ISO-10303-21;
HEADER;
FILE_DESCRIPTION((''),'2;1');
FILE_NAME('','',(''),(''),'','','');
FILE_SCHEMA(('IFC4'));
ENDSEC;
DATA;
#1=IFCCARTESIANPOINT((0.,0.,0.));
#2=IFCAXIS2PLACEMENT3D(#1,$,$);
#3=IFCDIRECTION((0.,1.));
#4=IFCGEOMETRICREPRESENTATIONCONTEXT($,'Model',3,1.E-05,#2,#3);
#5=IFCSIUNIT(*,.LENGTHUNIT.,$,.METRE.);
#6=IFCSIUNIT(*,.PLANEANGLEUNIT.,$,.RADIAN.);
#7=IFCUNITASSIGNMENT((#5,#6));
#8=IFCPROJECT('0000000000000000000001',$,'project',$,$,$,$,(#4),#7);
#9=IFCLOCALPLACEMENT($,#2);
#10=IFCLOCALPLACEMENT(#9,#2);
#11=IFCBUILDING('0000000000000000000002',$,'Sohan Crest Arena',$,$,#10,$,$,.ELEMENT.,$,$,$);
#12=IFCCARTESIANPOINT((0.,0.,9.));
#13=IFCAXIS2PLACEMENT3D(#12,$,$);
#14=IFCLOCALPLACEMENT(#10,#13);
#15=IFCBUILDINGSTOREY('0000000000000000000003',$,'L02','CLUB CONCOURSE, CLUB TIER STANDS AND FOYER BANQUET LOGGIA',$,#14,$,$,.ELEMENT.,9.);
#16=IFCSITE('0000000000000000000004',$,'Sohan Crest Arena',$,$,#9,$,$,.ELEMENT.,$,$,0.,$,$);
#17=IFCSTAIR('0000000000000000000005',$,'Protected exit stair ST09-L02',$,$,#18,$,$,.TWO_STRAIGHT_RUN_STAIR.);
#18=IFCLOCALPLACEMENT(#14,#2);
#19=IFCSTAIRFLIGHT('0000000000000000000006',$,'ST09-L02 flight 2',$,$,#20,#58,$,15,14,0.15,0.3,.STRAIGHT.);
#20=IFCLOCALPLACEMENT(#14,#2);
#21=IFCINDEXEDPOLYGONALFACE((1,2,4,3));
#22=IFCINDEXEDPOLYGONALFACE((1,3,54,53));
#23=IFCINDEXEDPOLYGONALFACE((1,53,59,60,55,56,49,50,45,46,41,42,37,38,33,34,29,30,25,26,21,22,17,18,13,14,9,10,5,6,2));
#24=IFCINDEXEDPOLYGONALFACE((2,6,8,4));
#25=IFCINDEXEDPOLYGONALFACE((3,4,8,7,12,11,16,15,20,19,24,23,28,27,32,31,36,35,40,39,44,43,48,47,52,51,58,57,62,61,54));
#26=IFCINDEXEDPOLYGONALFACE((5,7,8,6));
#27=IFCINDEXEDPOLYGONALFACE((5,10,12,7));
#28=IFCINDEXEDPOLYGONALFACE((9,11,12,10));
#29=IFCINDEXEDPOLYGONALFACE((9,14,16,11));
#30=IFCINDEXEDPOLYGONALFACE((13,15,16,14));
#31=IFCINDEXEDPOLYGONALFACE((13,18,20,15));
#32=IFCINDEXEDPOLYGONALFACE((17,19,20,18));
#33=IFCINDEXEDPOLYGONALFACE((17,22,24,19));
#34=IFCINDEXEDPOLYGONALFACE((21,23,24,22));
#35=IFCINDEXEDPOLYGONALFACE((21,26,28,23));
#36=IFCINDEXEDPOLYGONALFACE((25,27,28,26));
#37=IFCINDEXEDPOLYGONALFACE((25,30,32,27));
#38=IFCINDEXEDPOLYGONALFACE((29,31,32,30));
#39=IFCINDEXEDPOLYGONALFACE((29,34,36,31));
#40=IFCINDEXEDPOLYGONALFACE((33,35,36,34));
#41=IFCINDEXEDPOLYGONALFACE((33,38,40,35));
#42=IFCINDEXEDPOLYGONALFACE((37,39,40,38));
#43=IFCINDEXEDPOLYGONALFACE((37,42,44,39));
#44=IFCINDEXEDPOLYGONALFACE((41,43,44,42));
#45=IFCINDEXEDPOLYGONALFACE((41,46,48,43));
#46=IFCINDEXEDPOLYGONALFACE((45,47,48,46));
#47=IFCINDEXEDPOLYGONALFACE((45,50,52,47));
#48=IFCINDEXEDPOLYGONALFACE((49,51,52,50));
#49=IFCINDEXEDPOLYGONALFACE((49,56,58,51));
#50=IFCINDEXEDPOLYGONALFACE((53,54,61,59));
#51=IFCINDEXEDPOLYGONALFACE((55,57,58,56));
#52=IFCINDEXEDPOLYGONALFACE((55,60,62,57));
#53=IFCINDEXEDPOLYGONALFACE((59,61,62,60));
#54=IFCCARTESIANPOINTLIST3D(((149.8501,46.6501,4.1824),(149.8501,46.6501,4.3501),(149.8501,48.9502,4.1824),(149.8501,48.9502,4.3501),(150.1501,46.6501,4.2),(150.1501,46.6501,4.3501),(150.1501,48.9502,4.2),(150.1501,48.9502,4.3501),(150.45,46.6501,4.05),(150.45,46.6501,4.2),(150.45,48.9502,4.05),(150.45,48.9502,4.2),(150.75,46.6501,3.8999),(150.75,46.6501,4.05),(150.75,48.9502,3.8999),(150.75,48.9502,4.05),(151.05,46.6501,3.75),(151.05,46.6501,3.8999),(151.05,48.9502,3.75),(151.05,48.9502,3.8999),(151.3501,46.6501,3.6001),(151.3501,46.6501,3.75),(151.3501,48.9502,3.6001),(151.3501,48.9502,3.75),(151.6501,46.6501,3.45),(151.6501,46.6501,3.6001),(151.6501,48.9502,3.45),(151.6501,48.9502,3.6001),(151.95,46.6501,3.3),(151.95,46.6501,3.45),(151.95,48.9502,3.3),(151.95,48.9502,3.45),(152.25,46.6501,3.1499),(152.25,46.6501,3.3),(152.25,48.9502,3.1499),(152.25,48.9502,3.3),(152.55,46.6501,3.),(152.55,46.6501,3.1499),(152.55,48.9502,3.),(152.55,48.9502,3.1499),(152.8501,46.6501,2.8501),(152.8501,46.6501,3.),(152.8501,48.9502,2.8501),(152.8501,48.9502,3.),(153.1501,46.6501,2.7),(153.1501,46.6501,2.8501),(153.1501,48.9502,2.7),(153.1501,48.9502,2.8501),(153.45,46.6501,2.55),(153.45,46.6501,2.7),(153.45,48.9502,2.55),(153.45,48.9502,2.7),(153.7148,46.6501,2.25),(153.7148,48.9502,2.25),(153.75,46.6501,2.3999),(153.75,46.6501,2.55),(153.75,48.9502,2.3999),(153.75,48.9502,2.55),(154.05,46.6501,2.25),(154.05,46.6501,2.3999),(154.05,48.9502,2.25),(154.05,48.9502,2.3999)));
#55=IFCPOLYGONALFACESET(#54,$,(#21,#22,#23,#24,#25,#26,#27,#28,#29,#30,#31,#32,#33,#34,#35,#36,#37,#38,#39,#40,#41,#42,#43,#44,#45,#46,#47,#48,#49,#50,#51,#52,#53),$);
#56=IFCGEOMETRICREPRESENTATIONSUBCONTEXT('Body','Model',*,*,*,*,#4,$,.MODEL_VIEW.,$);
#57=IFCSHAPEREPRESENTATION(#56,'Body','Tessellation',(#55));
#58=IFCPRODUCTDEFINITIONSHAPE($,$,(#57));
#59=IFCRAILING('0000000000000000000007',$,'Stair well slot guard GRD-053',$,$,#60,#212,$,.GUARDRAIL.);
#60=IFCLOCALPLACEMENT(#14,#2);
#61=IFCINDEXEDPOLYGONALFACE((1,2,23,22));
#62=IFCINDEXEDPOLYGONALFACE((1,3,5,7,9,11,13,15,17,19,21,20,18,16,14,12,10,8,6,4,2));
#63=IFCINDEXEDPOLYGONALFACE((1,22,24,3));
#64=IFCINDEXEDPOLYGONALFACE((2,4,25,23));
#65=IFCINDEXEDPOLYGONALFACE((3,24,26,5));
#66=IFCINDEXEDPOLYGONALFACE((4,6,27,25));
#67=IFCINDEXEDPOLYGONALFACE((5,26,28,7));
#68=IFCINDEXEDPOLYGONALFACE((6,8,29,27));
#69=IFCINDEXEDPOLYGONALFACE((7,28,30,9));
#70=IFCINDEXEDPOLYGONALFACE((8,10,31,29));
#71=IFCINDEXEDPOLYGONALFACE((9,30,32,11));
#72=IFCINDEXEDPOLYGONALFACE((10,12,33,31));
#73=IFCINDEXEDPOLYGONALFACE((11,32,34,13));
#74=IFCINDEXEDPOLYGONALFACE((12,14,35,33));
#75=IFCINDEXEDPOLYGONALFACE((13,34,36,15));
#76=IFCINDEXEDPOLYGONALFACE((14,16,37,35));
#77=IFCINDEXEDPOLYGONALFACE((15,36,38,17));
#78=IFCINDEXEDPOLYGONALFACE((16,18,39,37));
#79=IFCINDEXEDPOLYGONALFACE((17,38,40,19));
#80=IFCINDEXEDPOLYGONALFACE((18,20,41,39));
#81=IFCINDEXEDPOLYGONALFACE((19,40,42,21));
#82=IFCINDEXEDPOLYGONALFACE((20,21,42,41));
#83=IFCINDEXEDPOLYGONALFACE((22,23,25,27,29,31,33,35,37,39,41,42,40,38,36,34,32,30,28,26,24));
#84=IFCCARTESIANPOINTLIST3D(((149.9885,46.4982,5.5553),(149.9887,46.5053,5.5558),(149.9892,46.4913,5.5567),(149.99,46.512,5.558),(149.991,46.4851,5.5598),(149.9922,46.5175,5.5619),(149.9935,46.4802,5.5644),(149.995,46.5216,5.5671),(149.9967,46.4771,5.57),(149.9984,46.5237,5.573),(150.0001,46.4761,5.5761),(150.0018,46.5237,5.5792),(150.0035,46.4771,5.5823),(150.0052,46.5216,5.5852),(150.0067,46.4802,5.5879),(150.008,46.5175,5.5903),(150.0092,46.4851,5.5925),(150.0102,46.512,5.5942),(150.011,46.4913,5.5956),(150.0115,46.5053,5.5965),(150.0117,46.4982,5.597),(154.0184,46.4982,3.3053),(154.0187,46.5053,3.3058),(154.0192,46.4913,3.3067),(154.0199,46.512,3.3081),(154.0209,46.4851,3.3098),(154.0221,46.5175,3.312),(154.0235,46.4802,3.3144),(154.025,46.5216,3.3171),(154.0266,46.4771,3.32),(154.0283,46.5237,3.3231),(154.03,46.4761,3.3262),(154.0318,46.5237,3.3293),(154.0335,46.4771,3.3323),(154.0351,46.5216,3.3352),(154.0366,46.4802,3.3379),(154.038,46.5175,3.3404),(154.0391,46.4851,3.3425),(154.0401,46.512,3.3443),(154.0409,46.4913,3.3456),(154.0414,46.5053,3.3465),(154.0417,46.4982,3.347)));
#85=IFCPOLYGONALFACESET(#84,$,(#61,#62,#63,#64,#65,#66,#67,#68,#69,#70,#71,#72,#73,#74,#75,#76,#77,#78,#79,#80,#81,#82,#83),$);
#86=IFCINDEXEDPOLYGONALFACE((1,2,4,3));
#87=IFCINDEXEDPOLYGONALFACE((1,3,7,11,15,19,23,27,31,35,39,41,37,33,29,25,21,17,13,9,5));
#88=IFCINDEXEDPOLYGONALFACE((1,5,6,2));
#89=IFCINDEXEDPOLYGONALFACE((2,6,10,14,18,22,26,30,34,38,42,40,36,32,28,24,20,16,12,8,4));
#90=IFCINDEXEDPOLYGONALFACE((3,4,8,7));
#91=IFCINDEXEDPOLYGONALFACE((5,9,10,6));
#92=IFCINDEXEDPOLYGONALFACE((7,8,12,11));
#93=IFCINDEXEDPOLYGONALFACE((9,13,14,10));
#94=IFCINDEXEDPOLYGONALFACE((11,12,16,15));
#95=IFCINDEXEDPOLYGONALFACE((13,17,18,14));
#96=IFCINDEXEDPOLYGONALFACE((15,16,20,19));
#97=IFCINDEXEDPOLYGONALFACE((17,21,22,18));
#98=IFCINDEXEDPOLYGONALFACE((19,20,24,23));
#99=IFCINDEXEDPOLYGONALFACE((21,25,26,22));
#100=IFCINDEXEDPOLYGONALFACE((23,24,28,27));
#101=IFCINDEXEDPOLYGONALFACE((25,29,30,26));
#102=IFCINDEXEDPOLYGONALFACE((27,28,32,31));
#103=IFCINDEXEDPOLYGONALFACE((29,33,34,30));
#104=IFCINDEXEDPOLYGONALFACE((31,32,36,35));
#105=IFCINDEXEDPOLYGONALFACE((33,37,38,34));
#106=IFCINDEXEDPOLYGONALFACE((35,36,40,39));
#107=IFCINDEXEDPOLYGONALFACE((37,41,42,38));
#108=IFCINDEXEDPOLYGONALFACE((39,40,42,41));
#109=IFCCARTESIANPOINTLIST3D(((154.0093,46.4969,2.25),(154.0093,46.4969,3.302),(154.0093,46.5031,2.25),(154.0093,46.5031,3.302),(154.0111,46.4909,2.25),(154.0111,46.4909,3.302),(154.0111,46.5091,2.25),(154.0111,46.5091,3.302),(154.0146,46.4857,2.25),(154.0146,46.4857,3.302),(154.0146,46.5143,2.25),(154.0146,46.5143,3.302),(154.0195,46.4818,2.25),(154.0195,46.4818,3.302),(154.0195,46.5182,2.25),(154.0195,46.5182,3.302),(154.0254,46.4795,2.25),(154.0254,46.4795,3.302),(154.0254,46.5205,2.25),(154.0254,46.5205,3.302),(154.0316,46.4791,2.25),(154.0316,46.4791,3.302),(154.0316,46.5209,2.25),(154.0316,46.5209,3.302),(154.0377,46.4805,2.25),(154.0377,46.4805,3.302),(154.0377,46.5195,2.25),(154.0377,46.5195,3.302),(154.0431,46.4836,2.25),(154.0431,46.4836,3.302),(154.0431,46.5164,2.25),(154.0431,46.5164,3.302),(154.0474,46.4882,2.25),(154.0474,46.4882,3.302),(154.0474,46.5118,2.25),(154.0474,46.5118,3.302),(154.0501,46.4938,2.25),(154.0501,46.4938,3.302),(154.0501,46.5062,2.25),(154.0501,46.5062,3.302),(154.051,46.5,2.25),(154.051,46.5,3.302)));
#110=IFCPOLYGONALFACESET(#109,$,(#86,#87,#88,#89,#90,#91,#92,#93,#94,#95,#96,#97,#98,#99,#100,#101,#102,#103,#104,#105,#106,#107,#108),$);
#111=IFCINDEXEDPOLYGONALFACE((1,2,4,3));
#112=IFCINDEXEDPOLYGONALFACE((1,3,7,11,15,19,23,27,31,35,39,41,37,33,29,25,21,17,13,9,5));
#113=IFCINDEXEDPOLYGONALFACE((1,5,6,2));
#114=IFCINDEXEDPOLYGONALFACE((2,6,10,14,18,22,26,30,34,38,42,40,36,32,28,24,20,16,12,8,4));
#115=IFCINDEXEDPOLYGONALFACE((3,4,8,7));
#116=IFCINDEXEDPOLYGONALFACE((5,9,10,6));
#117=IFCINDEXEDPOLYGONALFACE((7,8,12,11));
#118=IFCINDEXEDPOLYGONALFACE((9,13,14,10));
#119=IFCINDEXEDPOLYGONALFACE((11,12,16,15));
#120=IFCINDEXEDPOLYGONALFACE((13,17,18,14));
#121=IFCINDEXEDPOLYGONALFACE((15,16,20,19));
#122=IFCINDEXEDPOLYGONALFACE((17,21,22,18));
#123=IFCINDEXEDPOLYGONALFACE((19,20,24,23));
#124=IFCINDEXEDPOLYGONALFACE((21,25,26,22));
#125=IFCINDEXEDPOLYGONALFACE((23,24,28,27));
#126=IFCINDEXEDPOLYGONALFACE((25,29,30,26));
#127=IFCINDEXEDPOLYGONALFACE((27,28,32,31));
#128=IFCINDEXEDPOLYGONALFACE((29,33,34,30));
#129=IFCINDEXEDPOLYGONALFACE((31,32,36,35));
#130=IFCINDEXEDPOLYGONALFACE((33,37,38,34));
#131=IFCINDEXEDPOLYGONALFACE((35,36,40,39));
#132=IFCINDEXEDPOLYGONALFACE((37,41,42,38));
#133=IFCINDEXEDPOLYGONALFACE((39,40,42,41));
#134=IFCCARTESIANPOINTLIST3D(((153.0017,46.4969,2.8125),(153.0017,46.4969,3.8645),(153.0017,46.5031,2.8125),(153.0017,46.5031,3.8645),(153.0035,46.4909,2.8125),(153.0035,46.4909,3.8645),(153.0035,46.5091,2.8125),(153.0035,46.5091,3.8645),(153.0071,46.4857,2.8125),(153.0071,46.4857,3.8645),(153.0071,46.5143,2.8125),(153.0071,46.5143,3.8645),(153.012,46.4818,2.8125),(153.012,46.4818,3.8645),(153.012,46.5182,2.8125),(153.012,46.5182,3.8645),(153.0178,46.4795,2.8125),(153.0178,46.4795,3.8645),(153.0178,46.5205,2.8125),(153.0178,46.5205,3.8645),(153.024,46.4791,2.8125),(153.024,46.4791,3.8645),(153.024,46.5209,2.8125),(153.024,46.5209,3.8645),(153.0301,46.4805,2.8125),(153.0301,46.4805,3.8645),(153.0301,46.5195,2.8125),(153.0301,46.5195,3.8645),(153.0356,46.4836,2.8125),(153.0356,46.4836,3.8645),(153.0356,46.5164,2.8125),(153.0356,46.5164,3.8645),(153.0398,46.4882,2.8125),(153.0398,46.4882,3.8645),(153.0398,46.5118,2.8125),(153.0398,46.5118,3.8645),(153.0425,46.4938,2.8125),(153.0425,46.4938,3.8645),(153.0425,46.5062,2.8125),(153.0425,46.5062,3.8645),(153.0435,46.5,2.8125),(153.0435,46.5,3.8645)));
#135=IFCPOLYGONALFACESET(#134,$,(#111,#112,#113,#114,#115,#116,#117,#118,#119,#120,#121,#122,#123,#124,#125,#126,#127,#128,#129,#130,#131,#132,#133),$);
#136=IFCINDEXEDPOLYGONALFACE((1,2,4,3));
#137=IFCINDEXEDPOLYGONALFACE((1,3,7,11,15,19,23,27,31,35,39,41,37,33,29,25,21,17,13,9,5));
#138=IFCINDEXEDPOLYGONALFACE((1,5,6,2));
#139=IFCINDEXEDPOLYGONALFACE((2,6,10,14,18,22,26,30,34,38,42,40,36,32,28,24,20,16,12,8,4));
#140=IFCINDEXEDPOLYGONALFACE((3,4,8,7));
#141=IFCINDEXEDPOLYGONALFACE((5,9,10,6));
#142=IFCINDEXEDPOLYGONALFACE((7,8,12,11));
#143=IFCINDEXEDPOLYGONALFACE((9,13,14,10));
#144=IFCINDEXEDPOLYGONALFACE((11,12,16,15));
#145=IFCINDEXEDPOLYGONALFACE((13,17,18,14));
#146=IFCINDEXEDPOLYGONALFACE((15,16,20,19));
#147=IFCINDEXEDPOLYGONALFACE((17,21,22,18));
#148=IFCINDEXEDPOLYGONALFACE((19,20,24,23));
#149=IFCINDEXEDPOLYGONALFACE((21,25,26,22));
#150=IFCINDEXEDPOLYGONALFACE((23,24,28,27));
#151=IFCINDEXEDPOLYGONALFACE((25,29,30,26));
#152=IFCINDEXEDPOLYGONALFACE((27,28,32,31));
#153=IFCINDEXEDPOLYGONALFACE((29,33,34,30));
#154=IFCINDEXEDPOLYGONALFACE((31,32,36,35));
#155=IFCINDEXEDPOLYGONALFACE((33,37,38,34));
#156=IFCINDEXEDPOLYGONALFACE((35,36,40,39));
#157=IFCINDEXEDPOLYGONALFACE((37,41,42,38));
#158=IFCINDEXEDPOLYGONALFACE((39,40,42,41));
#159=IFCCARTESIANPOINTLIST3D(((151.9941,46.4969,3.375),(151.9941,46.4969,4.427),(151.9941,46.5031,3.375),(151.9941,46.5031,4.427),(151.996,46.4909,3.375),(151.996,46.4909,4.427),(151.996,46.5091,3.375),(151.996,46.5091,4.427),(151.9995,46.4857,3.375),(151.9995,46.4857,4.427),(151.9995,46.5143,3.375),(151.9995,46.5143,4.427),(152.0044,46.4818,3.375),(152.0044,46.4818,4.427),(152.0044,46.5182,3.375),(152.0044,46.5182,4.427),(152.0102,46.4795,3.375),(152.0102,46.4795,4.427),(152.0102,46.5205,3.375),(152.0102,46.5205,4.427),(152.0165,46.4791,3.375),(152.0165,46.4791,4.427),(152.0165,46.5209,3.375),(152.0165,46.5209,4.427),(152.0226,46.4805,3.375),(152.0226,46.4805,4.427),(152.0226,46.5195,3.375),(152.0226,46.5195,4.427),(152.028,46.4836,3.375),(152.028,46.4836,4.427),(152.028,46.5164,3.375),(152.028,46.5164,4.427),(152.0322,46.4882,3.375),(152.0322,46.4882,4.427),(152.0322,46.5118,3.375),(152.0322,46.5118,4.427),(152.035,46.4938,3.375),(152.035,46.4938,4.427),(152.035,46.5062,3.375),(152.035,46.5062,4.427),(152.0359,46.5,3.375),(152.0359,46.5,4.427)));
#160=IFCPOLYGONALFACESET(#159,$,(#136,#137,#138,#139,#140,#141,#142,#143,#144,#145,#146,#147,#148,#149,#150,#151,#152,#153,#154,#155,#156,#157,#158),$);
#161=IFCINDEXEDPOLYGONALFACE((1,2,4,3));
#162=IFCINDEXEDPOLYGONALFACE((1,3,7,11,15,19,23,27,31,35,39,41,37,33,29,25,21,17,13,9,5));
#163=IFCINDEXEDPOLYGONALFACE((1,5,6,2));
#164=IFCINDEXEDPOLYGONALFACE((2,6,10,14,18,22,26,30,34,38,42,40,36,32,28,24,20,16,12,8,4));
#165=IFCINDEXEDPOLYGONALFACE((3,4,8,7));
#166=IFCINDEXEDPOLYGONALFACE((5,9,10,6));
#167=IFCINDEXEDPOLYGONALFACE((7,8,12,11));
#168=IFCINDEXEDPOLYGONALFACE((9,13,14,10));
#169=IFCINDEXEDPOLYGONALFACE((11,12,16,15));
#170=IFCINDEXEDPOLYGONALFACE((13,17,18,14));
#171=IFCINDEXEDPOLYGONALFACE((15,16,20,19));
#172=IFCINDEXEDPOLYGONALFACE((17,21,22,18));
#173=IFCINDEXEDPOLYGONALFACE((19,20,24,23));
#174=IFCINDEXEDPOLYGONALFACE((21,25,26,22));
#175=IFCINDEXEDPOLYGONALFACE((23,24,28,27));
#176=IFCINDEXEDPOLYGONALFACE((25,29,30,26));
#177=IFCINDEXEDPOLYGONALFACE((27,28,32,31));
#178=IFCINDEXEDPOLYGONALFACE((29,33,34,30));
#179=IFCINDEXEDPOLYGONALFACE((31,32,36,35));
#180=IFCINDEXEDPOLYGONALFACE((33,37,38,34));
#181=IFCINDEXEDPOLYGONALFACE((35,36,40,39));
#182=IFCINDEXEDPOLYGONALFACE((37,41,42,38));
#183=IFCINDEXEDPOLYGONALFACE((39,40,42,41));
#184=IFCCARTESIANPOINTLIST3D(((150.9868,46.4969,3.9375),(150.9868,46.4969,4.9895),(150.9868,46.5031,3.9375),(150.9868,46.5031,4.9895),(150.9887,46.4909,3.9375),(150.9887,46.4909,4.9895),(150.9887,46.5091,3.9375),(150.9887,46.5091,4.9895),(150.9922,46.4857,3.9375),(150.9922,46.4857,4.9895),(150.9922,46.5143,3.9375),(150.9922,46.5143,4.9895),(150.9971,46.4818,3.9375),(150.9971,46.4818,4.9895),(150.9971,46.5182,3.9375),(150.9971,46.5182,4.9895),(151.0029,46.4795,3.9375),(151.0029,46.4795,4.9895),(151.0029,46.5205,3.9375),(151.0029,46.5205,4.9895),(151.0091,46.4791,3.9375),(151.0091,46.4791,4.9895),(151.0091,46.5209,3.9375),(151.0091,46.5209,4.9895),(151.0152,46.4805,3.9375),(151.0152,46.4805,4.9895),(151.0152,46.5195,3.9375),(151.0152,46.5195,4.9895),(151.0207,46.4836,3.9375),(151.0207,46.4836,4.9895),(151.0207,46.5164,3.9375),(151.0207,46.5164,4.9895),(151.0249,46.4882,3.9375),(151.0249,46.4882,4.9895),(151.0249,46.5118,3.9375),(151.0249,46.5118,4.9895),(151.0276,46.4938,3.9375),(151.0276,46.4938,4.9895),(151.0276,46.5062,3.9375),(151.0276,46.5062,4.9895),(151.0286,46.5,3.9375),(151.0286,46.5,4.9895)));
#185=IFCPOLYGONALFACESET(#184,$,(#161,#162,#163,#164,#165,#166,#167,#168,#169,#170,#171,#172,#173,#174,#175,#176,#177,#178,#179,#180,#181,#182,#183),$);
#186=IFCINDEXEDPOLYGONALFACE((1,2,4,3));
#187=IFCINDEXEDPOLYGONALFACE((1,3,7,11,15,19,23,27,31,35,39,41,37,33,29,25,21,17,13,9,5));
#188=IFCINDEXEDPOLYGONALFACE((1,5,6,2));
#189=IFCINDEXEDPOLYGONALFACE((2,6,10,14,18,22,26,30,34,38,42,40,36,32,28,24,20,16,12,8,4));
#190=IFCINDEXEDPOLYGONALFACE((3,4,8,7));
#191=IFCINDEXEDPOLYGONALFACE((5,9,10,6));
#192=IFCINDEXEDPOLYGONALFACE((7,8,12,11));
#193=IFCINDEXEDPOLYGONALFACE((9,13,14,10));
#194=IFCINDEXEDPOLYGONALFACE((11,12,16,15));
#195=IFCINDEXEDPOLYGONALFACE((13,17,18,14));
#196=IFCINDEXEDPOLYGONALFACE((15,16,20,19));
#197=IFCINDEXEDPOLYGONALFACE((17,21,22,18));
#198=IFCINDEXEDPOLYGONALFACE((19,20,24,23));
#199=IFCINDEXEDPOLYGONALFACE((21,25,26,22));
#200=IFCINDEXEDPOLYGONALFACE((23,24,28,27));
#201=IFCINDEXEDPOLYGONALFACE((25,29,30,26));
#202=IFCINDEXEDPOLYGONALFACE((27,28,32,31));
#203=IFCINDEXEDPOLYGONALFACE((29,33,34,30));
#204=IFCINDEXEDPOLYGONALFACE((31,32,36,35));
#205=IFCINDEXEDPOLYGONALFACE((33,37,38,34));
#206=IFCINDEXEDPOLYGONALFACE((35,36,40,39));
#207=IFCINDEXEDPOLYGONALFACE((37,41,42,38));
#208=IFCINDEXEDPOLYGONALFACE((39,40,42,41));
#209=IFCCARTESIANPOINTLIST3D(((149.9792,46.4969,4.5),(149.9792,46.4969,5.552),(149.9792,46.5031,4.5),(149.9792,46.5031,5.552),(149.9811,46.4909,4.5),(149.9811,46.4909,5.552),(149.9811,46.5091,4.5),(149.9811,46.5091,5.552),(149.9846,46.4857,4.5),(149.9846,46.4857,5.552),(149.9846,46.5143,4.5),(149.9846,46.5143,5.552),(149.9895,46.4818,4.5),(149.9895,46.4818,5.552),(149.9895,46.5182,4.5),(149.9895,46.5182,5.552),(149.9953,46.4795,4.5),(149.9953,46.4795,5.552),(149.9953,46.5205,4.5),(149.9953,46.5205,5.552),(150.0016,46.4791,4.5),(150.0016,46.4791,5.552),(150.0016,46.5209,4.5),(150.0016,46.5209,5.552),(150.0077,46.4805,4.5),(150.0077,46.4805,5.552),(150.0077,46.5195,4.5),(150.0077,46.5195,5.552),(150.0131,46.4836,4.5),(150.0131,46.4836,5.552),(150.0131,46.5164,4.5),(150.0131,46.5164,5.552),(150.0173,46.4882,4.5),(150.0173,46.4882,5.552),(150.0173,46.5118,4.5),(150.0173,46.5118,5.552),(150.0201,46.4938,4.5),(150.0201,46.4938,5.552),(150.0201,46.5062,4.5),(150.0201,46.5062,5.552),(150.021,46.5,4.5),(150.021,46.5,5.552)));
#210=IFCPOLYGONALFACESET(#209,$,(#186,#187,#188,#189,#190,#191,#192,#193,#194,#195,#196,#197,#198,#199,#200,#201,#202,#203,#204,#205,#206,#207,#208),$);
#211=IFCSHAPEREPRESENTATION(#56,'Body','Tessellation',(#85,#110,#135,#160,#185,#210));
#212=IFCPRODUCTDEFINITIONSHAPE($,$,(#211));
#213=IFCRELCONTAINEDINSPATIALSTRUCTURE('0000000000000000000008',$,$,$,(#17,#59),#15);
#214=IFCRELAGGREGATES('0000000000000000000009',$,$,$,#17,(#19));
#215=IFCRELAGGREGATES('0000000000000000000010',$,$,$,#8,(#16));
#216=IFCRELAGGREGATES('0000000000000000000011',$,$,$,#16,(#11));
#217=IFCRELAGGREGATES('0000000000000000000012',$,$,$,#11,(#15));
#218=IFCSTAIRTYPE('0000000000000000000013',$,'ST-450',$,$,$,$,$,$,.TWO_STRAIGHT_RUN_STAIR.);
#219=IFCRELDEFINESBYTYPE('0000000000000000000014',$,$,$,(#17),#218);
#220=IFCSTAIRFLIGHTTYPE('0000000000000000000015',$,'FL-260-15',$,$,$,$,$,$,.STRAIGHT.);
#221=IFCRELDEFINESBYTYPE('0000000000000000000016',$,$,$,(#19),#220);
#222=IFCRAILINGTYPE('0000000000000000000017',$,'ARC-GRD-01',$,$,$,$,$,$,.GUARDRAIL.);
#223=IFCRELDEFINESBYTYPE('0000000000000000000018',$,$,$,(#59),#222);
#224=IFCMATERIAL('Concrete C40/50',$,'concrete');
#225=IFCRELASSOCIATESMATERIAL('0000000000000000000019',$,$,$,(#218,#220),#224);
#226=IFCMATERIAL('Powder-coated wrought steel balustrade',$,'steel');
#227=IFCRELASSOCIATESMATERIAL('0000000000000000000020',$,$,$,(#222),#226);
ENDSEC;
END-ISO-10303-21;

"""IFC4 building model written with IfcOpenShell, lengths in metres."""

from ifc_helpers import new_model, si_unit, direction, frame, origin, origin_2d, place, context, subcontext, project, spatial, polyline, circle, outline, extrude, material, type_object, element, aggregate, save


model = new_model("IFC4")

# Units and contexts
model_context = context("Model", 3, precision=1e-05, world=origin(), true_north=direction((0.0, 1.0)))
body_context = subcontext(model_context, "Body", "Model", "MODEL_VIEW")
ifc_project = project(units=[si_unit("LENGTHUNIT", "METRE"), si_unit("PLANEANGLEUNIT", "RADIAN")], contexts=[model_context])

# Site, building, storey
site_placement = place(None, origin())
site = spatial("IfcSite", under=ifc_project, at=site_placement, Name="Sohan Crest Arena", CompositionType="ELEMENT", RefElevation=0.0)
building_placement = place(site_placement, origin())
building = spatial("IfcBuilding", under=site, at=building_placement, Name="Sohan Crest Arena", CompositionType="ELEMENT")
storey_placement = place(building_placement, frame((0.0, 0.0, 9.0)))
storey = spatial("IfcBuildingStorey", under=building, at=storey_placement, Name="L02", Description="CLUB CONCOURSE, CLUB TIER STANDS AND FOYER BANQUET LOGGIA", CompositionType="ELEMENT", Elevation=9.0)

# Shared definitions
ifc_material_1 = material(Name="Concrete C40/50", Category="concrete")

# Stair, stair flight
stair_type = type_object("IfcStairType", Name="ST-450", PredefinedType="TWO_STRAIGHT_RUN_STAIR", material=ifc_material_1)
stair_placement = place(storey_placement, origin())
stair = element("IfcStair", 1, at=stair_placement, inside=storey, type_object=stair_type, Name="Protected exit stair ST09-L02", PredefinedType="TWO_STRAIGHT_RUN_STAIR")
stair_flight_type = type_object("IfcStairFlightType", Name="FL-260-15", PredefinedType="STRAIGHT", material=ifc_material_1)
stair_flight_placement = place(storey_placement, frame((154.05, 47.8, 2.25), z_axis=(0.0, 0.0, 1.0), x_axis=(-1.0, 0.0, 0.0)))
stair_flight = element("IfcStairFlight", 2, at=stair_flight_placement, type_object=stair_flight_type, Name="ST09-L02 flight 2", NumberOfRisers=15, NumberOfTreads=14, PredefinedType="STRAIGHT", RiserHeight=0.15, TreadLength=0.3, context=body_context, shape_type="SweptSolid", body=[
    extrude(outline(polyline([(0.0, 0.0), (0.0, 0.1499), (0.3, 0.1499), (0.3, 0.3), (0.6001, 0.3), (0.6001, 0.45), (0.8999, 0.45), (0.8999, 0.6001), (1.2, 0.6001), (1.2, 0.75), (1.5, 0.75), (1.5, 0.8999), (1.8, 0.8999), (1.8, 1.05), (2.1001, 1.05), (2.1001, 1.2), (2.3999, 1.2), (2.3999, 1.3501), (2.7, 1.3501), (2.7, 1.5), (3.0, 1.5), (3.0, 1.6499), (3.3, 1.6499), (3.3, 1.8), (3.6001, 1.8), (3.6001, 1.95), (3.8999, 1.95), (3.8999, 2.1001), (4.2, 2.1001), (4.2, 2.25), (4.2, 1.9324), (0.3352, 0.0), (0.0, 0.0)])), frame((0.0, 1.1499, 0.0), z_axis=(0.0, -1.0, 0.0), x_axis=(1.0, 0.0, 0.0)), (0.0, 0.0, 1.0), 2.3),
])
aggregate(stair, [stair_flight])

# Railing
ifc_material_2 = material(Name="Powder-coated wrought steel balustrade", Category="steel")
railing_type_1 = type_object("IfcRailingType", Name="ARC-GRD-01", PredefinedType="GUARDRAIL", material=ifc_material_2)
railing_1_placement = place(storey_placement, frame((154.03, 46.5, 2.25)))
element("IfcRailing", 3, at=railing_1_placement, inside=storey, type_object=railing_type_1, Name="Stair well slot guard GRD-053", PredefinedType="GUARDRAIL", context=body_context, shape_type="SweptSolid", body=[
    extrude(circle(Radius=0.0239, at=origin_2d()), frame((0.0, 0.0, 1.0762), z_axis=(-0.873135, 0.0, 0.487479), x_axis=(0.0, -1.0, 0.0)), (0.0, 0.0, 1.0), 4.6155),
    extrude(circle(Radius=0.021, at=origin_2d()), origin(), (0.0, 0.0, 1.0), 1.052),
    extrude(circle(Radius=0.021, at=origin_2d()), frame((-1.0076, 0.0, 0.5625)), (0.0, 0.0, 1.0), 1.052),
    extrude(circle(Radius=0.021, at=origin_2d()), frame((-2.0151, 0.0, 1.125)), (0.0, 0.0, 1.0), 1.052),
    extrude(circle(Radius=0.021, at=origin_2d()), frame((-3.0225, 0.0, 1.6875)), (0.0, 0.0, 1.0), 1.052),
    extrude(circle(Radius=0.021, at=origin_2d()), frame((-4.03, 0.0, 2.25)), (0.0, 0.0, 1.0), 1.052),
])

save(model, "model.ifc")
